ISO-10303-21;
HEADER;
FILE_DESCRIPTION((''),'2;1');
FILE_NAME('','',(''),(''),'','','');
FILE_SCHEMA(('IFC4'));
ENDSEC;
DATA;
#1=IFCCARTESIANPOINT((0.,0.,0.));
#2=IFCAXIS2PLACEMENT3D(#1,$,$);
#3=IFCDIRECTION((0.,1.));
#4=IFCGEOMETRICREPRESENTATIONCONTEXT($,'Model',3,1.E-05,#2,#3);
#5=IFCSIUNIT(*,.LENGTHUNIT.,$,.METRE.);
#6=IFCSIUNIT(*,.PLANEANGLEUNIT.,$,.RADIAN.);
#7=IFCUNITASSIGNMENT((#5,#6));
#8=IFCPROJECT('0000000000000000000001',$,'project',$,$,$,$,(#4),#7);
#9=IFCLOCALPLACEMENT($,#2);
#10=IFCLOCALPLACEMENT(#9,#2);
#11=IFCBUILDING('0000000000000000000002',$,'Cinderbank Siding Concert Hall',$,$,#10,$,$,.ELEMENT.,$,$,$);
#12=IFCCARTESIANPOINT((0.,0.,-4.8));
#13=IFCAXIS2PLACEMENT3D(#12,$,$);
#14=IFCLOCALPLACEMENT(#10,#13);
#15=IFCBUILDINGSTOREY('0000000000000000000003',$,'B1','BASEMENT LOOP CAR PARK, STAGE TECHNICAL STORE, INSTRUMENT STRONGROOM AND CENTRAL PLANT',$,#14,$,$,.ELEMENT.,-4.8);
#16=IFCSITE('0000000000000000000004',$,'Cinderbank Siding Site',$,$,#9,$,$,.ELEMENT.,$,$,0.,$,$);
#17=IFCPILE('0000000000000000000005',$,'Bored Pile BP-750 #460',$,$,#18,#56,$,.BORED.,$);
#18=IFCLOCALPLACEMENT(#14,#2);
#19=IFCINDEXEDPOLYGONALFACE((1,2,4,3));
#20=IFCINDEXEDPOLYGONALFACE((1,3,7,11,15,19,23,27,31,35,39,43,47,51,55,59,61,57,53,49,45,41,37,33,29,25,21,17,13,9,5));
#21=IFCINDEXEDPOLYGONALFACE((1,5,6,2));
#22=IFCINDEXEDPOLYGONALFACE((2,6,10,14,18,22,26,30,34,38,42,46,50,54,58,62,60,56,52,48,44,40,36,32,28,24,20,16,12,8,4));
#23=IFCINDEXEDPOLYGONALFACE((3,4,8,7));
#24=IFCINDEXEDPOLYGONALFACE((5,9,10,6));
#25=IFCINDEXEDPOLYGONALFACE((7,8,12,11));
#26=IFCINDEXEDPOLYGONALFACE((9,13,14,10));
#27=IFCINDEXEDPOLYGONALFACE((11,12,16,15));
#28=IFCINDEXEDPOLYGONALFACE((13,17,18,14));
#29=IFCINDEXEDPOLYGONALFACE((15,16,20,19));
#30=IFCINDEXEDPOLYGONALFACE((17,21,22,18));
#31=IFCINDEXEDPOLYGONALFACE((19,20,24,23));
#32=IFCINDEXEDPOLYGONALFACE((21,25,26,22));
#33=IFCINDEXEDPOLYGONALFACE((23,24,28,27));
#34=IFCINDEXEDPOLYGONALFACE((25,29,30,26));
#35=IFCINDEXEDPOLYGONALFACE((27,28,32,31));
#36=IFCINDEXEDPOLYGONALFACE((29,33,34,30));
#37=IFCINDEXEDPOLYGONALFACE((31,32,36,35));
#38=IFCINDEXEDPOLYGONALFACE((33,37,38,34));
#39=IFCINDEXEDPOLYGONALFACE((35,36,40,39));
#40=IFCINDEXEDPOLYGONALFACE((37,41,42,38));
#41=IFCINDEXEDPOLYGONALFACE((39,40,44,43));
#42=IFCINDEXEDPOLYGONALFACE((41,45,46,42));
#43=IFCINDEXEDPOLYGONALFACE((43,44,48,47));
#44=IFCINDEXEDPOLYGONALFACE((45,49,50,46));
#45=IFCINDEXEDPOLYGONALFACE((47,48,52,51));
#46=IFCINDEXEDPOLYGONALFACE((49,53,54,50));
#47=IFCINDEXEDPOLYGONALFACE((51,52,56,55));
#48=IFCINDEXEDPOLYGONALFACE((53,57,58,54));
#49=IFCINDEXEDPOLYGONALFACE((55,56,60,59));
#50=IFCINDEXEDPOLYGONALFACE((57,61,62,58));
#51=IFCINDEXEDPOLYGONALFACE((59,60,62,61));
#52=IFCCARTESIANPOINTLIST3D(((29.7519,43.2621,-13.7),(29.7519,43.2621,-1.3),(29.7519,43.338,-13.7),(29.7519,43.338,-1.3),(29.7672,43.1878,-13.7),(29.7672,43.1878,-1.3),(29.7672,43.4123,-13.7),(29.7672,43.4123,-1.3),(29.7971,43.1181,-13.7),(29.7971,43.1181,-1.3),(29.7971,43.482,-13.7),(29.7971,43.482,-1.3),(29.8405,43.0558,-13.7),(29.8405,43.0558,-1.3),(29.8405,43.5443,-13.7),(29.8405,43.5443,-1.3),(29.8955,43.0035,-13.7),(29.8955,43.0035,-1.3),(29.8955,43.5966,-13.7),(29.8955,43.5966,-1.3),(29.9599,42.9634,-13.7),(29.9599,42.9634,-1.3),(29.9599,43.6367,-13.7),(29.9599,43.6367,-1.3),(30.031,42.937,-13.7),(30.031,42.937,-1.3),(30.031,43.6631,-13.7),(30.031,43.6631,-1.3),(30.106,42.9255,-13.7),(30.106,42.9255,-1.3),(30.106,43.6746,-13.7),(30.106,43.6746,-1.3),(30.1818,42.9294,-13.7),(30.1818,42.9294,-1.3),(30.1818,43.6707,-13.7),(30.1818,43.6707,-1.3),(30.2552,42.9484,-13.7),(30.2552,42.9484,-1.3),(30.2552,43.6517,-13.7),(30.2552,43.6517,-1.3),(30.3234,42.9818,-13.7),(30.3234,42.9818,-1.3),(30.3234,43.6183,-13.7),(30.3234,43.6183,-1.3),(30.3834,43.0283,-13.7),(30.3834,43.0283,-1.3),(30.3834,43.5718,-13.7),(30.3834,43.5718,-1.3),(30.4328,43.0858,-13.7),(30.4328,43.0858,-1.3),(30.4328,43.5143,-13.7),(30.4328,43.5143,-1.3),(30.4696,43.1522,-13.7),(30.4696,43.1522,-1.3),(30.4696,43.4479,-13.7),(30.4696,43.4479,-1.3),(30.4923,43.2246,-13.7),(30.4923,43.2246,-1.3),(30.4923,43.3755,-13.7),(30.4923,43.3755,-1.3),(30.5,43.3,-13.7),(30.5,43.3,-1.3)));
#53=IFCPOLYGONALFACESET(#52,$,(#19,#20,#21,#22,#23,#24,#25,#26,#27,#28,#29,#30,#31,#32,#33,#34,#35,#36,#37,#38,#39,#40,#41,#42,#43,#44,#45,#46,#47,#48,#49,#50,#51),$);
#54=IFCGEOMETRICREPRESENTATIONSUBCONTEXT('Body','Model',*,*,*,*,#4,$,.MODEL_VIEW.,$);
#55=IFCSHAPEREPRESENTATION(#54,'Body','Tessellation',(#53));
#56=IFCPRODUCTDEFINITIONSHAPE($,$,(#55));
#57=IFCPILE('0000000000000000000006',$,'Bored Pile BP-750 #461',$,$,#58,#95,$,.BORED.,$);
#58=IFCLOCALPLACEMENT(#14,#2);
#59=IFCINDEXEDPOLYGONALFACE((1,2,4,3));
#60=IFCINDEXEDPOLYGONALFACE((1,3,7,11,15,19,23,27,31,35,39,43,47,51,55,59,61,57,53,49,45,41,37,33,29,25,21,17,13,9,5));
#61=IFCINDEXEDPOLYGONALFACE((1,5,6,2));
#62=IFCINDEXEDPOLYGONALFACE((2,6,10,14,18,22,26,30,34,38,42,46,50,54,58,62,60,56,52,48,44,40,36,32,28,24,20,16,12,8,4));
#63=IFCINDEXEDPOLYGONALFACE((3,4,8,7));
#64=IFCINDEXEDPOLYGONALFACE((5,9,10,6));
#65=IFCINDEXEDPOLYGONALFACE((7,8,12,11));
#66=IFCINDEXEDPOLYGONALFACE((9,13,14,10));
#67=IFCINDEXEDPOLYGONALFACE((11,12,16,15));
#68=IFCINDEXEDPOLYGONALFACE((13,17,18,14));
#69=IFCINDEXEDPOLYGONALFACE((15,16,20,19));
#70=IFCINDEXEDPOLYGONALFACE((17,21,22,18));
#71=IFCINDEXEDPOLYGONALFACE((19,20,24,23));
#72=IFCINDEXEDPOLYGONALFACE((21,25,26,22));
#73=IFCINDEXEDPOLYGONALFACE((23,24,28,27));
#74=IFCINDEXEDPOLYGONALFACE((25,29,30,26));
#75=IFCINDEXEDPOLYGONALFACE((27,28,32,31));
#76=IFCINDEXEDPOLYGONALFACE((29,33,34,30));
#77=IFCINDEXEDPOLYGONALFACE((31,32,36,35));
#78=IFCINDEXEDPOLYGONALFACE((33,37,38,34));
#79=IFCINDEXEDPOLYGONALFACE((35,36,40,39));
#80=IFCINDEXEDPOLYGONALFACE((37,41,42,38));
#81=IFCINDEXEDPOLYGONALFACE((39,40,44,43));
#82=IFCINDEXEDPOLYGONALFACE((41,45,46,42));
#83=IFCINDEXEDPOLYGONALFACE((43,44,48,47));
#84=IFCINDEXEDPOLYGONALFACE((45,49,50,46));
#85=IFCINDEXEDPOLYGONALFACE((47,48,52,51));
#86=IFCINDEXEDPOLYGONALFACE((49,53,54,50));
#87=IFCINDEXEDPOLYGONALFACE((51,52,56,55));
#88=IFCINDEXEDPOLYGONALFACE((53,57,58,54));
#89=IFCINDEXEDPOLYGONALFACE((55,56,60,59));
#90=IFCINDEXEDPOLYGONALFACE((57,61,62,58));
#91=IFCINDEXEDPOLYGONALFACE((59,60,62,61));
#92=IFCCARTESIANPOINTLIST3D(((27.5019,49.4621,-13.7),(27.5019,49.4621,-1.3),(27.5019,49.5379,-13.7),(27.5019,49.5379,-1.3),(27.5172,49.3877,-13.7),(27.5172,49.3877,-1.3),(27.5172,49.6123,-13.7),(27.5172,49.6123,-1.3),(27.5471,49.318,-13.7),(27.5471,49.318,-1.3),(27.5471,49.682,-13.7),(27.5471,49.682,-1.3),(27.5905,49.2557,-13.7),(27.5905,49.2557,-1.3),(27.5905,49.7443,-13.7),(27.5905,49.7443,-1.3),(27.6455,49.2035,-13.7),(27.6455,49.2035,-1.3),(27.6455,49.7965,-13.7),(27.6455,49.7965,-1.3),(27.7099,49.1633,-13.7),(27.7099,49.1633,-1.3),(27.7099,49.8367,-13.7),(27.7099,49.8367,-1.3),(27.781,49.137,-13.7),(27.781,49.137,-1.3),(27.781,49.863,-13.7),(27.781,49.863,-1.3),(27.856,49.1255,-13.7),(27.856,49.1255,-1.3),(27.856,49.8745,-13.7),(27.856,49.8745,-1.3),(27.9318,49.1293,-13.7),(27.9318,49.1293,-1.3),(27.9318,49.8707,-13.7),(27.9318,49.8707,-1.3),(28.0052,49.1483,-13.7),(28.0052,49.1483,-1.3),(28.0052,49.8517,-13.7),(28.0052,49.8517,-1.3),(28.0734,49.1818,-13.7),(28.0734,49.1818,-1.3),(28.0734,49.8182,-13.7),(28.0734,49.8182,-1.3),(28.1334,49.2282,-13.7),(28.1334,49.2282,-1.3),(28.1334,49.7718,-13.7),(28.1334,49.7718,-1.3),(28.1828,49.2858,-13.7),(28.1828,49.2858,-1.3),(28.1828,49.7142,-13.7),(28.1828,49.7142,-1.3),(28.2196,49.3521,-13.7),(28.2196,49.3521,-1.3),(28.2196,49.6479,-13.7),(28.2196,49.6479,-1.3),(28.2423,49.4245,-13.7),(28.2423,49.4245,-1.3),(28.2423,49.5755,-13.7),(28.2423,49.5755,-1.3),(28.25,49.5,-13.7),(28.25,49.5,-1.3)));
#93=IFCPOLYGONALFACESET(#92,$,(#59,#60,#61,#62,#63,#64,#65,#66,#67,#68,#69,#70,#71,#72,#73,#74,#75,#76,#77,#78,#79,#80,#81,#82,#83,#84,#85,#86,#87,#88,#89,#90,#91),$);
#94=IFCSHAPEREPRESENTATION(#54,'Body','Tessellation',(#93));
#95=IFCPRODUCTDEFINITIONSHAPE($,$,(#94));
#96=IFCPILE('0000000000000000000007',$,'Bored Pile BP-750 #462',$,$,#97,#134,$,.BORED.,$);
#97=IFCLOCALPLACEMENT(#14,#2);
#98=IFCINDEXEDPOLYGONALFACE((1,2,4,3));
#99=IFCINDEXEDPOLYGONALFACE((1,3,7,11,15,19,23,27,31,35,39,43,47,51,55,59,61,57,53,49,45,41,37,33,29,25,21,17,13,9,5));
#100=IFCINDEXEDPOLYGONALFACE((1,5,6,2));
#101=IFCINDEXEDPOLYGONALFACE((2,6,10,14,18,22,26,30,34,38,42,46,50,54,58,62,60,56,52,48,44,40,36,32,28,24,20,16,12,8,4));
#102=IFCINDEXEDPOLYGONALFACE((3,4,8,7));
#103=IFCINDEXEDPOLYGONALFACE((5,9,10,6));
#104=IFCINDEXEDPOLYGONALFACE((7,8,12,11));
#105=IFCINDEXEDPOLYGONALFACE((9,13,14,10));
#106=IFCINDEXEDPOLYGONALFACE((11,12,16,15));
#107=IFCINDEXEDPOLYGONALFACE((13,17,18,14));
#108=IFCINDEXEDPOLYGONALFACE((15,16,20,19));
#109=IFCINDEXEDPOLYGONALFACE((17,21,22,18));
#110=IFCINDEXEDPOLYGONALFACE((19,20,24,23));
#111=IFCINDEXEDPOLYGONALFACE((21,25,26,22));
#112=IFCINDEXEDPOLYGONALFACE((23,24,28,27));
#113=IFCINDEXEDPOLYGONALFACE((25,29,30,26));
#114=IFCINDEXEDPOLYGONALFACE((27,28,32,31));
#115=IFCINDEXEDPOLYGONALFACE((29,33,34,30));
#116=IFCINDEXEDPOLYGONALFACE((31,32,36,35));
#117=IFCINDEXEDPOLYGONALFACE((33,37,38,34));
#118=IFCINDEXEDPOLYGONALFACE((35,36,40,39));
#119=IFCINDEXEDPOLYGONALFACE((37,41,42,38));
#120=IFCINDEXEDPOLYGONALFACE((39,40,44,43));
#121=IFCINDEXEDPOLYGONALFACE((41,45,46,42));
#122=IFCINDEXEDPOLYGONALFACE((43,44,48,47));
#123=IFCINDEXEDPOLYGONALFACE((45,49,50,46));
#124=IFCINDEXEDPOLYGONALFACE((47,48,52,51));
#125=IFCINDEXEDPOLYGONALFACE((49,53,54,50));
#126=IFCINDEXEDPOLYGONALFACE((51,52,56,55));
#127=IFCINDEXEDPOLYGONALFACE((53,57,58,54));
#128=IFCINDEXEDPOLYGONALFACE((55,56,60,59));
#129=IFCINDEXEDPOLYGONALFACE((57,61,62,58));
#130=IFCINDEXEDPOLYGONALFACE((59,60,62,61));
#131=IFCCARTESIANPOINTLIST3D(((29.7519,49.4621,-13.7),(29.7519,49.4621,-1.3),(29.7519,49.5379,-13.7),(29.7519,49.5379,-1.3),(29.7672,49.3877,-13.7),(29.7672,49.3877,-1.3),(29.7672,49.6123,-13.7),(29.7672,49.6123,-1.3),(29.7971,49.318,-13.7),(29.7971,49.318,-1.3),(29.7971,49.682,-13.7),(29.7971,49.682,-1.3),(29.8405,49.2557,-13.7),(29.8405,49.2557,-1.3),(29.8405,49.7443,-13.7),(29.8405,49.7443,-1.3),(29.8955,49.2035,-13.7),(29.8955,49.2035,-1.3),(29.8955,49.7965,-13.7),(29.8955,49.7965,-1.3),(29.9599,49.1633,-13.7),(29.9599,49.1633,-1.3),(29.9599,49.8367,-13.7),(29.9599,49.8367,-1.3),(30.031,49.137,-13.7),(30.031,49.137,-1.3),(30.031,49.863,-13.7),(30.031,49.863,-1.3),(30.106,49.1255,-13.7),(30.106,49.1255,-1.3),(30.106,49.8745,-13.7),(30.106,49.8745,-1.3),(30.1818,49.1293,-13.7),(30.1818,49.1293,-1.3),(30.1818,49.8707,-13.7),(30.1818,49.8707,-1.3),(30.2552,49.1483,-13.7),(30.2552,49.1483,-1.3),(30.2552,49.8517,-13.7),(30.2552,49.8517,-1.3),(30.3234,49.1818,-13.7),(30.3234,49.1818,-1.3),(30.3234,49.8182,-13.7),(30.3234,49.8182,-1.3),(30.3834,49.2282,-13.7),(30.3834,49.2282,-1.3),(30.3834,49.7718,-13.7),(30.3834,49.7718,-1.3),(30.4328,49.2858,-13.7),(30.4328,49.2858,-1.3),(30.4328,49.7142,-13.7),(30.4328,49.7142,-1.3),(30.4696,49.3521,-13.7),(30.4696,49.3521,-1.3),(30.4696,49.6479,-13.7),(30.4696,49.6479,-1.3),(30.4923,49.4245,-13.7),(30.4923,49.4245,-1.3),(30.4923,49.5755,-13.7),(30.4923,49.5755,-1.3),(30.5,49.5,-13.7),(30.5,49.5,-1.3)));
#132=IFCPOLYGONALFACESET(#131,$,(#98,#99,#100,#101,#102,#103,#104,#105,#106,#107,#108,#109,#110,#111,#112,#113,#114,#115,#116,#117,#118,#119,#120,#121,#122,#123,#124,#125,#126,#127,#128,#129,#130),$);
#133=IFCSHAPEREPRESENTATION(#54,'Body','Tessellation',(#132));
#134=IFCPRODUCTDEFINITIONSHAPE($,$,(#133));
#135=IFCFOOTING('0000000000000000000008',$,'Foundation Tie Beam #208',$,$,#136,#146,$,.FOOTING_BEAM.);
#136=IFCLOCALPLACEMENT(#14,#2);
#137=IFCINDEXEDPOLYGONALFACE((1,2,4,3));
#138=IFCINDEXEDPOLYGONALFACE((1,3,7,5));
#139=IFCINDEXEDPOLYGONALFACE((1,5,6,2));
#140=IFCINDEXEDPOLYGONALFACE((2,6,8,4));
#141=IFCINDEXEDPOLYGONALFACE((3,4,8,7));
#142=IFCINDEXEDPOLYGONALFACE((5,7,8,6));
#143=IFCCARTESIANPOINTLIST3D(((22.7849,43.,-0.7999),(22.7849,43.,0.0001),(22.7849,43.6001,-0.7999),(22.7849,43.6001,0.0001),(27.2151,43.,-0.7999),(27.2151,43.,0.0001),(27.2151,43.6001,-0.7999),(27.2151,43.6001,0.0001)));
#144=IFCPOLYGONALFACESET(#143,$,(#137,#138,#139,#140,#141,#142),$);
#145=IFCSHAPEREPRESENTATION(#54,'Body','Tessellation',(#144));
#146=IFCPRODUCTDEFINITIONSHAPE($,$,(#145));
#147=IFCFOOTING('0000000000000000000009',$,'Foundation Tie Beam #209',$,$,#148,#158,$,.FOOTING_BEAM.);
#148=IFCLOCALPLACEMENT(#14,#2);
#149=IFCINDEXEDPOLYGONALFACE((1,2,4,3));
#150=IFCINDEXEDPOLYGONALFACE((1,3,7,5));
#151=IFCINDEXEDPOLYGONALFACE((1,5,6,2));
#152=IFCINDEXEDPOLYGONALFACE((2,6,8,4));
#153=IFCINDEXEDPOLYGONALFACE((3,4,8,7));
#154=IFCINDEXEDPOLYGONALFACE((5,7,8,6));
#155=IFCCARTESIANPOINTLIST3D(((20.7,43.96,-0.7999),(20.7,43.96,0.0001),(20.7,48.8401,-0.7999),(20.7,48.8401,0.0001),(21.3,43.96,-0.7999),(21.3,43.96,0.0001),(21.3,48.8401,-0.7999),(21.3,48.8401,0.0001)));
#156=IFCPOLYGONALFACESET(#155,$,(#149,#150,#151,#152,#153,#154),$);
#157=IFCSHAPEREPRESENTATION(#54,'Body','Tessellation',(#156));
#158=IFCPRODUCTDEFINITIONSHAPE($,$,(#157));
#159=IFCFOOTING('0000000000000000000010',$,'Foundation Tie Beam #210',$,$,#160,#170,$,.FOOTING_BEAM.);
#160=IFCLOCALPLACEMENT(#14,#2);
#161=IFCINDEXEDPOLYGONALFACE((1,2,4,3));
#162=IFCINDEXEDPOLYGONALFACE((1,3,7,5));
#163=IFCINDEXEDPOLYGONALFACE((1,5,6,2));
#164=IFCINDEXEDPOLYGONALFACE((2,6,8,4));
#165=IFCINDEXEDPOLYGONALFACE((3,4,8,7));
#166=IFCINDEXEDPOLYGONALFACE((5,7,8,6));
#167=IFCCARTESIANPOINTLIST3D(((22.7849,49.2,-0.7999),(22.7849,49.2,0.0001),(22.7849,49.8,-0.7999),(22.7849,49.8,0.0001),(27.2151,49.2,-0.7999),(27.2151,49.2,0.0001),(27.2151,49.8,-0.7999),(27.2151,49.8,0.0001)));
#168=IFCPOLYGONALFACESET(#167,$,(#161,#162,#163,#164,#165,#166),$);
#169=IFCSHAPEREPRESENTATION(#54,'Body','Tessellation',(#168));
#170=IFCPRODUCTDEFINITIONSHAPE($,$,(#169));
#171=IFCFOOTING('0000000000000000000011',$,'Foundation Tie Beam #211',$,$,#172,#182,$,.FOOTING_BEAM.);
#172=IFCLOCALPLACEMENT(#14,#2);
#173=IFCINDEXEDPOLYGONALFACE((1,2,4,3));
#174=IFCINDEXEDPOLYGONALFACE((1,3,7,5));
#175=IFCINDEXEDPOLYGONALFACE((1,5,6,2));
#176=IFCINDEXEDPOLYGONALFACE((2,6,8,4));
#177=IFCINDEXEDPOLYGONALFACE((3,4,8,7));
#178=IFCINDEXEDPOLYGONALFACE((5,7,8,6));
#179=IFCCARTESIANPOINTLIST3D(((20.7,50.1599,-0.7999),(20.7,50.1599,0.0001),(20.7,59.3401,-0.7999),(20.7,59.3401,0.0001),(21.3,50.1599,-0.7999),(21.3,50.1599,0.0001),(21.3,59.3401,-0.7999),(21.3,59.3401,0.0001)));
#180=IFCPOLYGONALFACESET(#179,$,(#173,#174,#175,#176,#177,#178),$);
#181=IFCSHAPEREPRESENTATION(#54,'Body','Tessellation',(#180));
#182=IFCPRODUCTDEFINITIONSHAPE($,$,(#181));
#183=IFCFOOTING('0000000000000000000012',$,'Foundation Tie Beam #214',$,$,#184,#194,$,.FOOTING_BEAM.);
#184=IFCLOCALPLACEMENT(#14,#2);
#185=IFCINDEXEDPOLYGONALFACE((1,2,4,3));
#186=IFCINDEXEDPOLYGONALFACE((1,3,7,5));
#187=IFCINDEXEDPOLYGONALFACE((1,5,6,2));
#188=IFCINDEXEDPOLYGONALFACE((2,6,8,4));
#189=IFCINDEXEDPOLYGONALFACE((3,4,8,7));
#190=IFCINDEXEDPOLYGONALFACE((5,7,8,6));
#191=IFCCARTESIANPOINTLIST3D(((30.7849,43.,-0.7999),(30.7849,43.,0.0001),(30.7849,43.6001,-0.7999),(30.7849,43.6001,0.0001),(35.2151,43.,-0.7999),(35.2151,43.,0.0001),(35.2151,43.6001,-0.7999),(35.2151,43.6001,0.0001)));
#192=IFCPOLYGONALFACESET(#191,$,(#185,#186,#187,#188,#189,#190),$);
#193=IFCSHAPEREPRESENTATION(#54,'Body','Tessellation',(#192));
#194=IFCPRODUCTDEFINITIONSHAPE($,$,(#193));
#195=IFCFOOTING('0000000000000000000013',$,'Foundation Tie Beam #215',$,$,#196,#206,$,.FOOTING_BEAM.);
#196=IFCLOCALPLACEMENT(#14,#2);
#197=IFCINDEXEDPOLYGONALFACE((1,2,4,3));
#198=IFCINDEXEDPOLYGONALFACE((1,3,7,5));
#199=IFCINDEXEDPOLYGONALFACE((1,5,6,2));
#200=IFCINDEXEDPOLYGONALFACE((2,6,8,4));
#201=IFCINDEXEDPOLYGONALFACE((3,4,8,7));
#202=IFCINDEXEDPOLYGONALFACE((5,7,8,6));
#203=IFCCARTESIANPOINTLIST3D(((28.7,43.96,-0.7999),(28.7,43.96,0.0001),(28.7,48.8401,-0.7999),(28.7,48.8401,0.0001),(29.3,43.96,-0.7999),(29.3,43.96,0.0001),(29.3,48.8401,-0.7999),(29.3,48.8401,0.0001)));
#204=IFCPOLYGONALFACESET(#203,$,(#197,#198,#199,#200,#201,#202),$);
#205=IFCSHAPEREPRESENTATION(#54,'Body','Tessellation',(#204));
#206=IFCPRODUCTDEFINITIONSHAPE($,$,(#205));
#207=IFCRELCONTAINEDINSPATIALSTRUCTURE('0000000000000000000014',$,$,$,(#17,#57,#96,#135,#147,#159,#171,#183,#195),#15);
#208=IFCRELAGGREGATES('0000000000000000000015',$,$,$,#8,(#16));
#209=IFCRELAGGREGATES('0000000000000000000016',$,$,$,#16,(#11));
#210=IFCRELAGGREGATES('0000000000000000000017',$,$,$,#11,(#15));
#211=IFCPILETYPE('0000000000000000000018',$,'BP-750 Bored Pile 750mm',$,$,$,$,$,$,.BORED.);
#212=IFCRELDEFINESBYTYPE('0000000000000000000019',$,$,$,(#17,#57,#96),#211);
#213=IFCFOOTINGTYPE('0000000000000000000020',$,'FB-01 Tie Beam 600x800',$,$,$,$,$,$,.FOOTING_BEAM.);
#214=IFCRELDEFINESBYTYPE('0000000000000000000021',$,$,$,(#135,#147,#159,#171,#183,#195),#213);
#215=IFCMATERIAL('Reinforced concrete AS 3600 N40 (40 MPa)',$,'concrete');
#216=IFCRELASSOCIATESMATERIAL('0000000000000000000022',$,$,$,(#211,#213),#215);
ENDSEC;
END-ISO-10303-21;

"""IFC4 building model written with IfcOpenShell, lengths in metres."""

from ifc_helpers import new_model, si_unit, direction, frame, origin, origin_2d, place, context, subcontext, project, spatial, rectangle, circle, extrude, material, material_profile, profile_set, type_object, element, save


model = new_model("IFC4")

# Units and contexts
model_context = context("Model", 3, precision=1e-05, world=origin(), true_north=direction((0.0, 1.0)))
body_context = subcontext(model_context, "Body", "Model", "MODEL_VIEW")
ifc_project = project(units=[si_unit("LENGTHUNIT", "METRE"), si_unit("PLANEANGLEUNIT", "RADIAN")], contexts=[model_context])

# Site, building, storey
site_placement = place(None, origin())
site = spatial("IfcSite", under=ifc_project, at=site_placement, Name="Cinderbank Siding Site", CompositionType="ELEMENT", RefElevation=0.0)
building_placement = place(site_placement, origin())
building = spatial("IfcBuilding", under=site, at=building_placement, Name="Cinderbank Siding Concert Hall", CompositionType="ELEMENT")
storey_placement = place(building_placement, frame((0.0, 0.0, -4.8)))
storey = spatial("IfcBuildingStorey", under=building, at=storey_placement, Name="B1", Description="BASEMENT LOOP CAR PARK, STAGE TECHNICAL STORE, INSTRUMENT STRONGROOM AND CENTRAL PLANT", CompositionType="ELEMENT", Elevation=-4.8)

# Piles
ifc_material_1 = material(Name="Reinforced concrete AS 3600 N40 (40 MPa)", Category="concrete")
ifc_material_profile_1 = material_profile(ifc_material_1, circle(Radius=0.375, at=origin_2d()), Name="PILE-750DIA", Category="LoadBearing")
ifc_profile_set_1 = profile_set([ifc_material_profile_1], Name="Reinforced concrete AS 3600 N40 (40 MPa)")
pile_type = type_object("IfcPileType", Name="BP-750 Bored Pile 750mm", PredefinedType="BORED", material=ifc_profile_set_1)
for number, where, z_axis, x_axis, name in (
    (1, (30.125, 43.3, -1.3), (0.0, 0.0, -1.0), (1.0, 0.0, 0.0), "Bored Pile BP-750 #460"),
    (2, (27.875, 49.5, -1.3), (0.0, 0.0, -1.0), (1.0, 0.0, 0.0), "Bored Pile BP-750 #461"),
    (3, (30.125, 49.5, -1.3), (0.0, 0.0, -1.0), (1.0, 0.0, 0.0), "Bored Pile BP-750 #462"),
):
    element("IfcPile", number, at=place(storey_placement, frame(where, z_axis=z_axis, x_axis=x_axis)), inside=storey, type_object=pile_type, Name=name, PredefinedType="BORED", context=body_context, shape_type="SweptSolid", body=[
        extrude(circle(Radius=0.375, at=origin_2d()), origin(), (0.0, 0.0, 1.0), 12.3999),
    ])

# Footings
ifc_material_profile_2 = material_profile(ifc_material_1, rectangle(XDim=0.6001, YDim=0.8, at=origin_2d()), Name="RC-FB-600x800", Category="LoadBearing")
ifc_profile_set_2 = profile_set([ifc_material_profile_2], Name="Reinforced concrete AS 3600 N40 (40 MPa)")
footing_type_1 = type_object("IfcFootingType", Name="FB-01 Tie Beam 600x800", PredefinedType="FOOTING_BEAM", material=ifc_profile_set_2)
footing_1_placement = place(storey_placement, frame((22.7849, 43.3, -0.3999), z_axis=(1.0, 0.0, 0.0), x_axis=(0.0, 1.0, 0.0)))
element("IfcFooting", 4, at=footing_1_placement, inside=storey, type_object=footing_type_1, Name="Foundation Tie Beam #208", PredefinedType="FOOTING_BEAM", context=body_context, shape_type="SweptSolid", body=[
    extrude(rectangle(XDim=0.6001, YDim=0.8, at=origin_2d()), origin(), (0.0, 0.0, 1.0), 4.4302),
])
footing_2_placement = place(storey_placement, frame((21.0, 43.96, -0.3999), z_axis=(0.0, 1.0, 0.0), x_axis=(-1.0, 0.0, 0.0)))
element("IfcFooting", 5, at=footing_2_placement, inside=storey, type_object=footing_type_1, Name="Foundation Tie Beam #209", PredefinedType="FOOTING_BEAM", context=body_context, shape_type="SweptSolid", body=[
    extrude(rectangle(XDim=0.6001, YDim=0.8, at=origin_2d()), origin(), (0.0, 0.0, 1.0), 4.8801),
])
footing_3_placement = place(storey_placement, frame((22.7849, 49.5, -0.3999), z_axis=(1.0, 0.0, 0.0), x_axis=(0.0, 1.0, 0.0)))
element("IfcFooting", 6, at=footing_3_placement, inside=storey, type_object=footing_type_1, Name="Foundation Tie Beam #210", PredefinedType="FOOTING_BEAM", context=body_context, shape_type="SweptSolid", body=[
    extrude(rectangle(XDim=0.6001, YDim=0.8, at=origin_2d()), origin(), (0.0, 0.0, 1.0), 4.4302),
])
footing_4_placement = place(storey_placement, frame((21.0, 50.1599, -0.3999), z_axis=(0.0, 1.0, 0.0), x_axis=(-1.0, 0.0, 0.0)))
element("IfcFooting", 7, at=footing_4_placement, inside=storey, type_object=footing_type_1, Name="Foundation Tie Beam #211", PredefinedType="FOOTING_BEAM", context=body_context, shape_type="SweptSolid", body=[
    extrude(rectangle(XDim=0.6001, YDim=0.8, at=origin_2d()), origin(), (0.0, 0.0, 1.0), 9.1802),
])
footing_5_placement = place(storey_placement, frame((30.7849, 43.3, -0.3999), z_axis=(1.0, 0.0, 0.0), x_axis=(0.0, 1.0, 0.0)))
element("IfcFooting", 8, at=footing_5_placement, inside=storey, type_object=footing_type_1, Name="Foundation Tie Beam #214", PredefinedType="FOOTING_BEAM", context=body_context, shape_type="SweptSolid", body=[
    extrude(rectangle(XDim=0.6001, YDim=0.8, at=origin_2d()), origin(), (0.0, 0.0, 1.0), 4.4302),
])
footing_6_placement = place(storey_placement, frame((29.0, 43.96, -0.3999), z_axis=(0.0, 1.0, 0.0), x_axis=(-1.0, 0.0, 0.0)))
element("IfcFooting", 9, at=footing_6_placement, inside=storey, type_object=footing_type_1, Name="Foundation Tie Beam #215", PredefinedType="FOOTING_BEAM", context=body_context, shape_type="SweptSolid", body=[
    extrude(rectangle(XDim=0.6001, YDim=0.8, at=origin_2d()), origin(), (0.0, 0.0, 1.0), 4.8801),
])

save(model, "model.ifc")
